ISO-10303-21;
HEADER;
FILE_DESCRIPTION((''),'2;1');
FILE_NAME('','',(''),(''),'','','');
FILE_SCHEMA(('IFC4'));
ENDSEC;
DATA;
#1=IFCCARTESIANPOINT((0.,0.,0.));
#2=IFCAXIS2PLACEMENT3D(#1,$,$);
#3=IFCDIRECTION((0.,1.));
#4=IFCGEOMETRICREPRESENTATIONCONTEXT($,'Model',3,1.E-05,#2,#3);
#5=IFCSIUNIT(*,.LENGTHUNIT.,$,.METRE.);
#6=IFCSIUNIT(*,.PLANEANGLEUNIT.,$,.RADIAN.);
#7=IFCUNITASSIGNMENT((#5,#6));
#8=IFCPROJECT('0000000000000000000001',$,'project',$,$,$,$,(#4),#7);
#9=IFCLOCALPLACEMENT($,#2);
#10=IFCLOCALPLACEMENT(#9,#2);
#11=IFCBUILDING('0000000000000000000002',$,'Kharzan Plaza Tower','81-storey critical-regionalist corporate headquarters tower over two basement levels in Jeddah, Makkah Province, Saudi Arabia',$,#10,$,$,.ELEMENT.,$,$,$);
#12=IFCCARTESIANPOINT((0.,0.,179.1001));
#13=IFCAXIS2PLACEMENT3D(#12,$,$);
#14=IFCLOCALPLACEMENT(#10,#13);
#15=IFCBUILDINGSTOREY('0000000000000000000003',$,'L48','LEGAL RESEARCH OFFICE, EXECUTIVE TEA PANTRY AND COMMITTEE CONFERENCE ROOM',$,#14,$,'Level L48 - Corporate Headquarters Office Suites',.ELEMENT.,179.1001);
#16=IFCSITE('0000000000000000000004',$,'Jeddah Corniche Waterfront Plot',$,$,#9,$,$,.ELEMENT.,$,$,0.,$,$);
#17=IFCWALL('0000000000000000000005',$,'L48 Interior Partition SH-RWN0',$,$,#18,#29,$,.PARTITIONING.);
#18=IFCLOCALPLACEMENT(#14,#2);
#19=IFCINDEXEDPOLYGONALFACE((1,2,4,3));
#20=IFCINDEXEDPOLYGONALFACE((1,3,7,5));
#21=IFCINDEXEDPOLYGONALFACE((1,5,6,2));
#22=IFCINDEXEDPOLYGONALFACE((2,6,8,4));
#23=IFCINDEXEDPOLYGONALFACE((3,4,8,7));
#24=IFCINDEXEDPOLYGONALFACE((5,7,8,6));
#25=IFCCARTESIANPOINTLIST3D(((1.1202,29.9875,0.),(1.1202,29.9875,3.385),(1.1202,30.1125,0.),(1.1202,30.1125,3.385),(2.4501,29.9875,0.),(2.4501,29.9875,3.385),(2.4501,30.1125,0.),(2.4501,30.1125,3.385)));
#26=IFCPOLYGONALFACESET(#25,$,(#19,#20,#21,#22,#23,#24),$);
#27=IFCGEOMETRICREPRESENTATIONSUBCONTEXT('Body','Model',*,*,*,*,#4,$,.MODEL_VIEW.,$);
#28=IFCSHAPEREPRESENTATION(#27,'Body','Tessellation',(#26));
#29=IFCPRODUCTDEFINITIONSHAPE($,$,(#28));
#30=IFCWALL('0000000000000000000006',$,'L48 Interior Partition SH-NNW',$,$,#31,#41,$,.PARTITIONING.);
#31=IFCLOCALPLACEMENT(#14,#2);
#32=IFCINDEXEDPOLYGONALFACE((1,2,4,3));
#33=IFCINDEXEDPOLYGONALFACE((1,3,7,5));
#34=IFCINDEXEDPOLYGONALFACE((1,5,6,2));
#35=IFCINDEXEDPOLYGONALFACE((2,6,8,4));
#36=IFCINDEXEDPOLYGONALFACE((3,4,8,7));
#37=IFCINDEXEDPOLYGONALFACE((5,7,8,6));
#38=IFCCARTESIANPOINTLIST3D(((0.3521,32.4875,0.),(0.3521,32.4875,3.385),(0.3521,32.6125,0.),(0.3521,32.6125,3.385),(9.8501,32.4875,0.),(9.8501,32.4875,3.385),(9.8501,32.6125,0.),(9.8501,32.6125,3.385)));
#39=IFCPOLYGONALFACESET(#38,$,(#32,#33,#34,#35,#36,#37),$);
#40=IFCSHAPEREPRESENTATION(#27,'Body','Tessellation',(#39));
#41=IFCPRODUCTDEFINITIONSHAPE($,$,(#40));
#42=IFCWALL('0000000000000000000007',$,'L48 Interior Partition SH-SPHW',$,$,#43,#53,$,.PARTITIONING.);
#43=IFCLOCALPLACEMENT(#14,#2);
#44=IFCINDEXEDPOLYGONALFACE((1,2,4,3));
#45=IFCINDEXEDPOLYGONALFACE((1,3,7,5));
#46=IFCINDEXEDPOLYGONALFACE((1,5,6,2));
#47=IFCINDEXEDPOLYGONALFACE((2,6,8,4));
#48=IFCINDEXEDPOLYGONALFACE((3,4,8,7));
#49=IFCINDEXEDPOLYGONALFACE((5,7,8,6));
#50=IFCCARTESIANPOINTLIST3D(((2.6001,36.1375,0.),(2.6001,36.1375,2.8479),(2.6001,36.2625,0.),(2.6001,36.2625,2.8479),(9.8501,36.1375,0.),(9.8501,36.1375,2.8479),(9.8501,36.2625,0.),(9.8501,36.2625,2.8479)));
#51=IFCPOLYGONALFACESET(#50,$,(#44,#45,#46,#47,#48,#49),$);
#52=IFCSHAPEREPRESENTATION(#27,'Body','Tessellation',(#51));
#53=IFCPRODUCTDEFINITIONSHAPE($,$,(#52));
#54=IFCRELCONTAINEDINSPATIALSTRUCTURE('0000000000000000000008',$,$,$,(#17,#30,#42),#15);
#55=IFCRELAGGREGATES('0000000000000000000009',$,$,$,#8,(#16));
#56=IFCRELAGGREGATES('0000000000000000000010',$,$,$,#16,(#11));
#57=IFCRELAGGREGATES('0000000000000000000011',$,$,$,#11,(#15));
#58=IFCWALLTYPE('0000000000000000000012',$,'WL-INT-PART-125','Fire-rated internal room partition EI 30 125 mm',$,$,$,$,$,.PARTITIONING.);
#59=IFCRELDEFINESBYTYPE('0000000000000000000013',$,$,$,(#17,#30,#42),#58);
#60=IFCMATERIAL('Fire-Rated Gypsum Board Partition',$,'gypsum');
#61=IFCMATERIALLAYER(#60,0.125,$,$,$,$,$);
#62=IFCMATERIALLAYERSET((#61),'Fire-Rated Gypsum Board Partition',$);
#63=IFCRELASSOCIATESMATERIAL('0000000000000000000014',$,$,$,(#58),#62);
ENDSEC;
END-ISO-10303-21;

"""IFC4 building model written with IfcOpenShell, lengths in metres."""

from ifc_helpers import new_model, si_unit, direction, frame, frame_2d, origin, place, context, subcontext, project, spatial, rectangle, extrude, source, transform, mapped, material, layer, layer_set, type_object, element, save


model = new_model("IFC4")

# Units and contexts
model_context = context("Model", 3, precision=1e-05, world=origin(), true_north=direction((0.0, 1.0)))
body_context = subcontext(model_context, "Body", "Model", "MODEL_VIEW")
ifc_project = project(units=[si_unit("LENGTHUNIT", "METRE"), si_unit("PLANEANGLEUNIT", "RADIAN")], contexts=[model_context])

# Site, building, storey
site_placement = place(None, origin())
site = spatial("IfcSite", under=ifc_project, at=site_placement, Name="Jeddah Corniche Waterfront Plot", CompositionType="ELEMENT", RefElevation=0.0)
building_placement = place(site_placement, origin())
building = spatial("IfcBuilding", under=site, at=building_placement, Name="Kharzan Plaza Tower", Description="81-storey critical-regionalist corporate headquarters tower over two basement levels in Jeddah, Makkah Province, Saudi Arabia", CompositionType="ELEMENT")
storey_placement = place(building_placement, frame((0.0, 0.0, 179.1001)))
storey = spatial("IfcBuildingStorey", under=building, at=storey_placement, Name="L48", Description="LEGAL RESEARCH OFFICE, EXECUTIVE TEA PANTRY AND COMMITTEE CONFERENCE ROOM", LongName="Level L48 - Corporate Headquarters Office Suites", CompositionType="ELEMENT", Elevation=179.1001)

# Shared definitions
ifc_material_1 = material(Name="Fire-Rated Gypsum Board Partition", Category="gypsum")
ifc_layer_1 = layer(ifc_material_1, 0.125)
ifc_layer_set_1 = layer_set([ifc_layer_1], Name="Fire-Rated Gypsum Board Partition")
wall_type_1 = type_object("IfcWallType", Name="WL-INT-PART-125", Description="Fire-rated internal room partition EI 30 125 mm", PredefinedType="PARTITIONING", material=ifc_layer_set_1)

# Walls
shared_shape_1 = source(origin(), body_context, "Body", "SweptSolid", [
    extrude(rectangle(XDim=1.3298, YDim=0.125, at=frame_2d((0.665, 0.0))), origin(), (0.0, 0.0, 1.0), 3.385),
])
wall_1_placement = place(storey_placement, frame((1.1201, 30.05, 0.0), z_axis=(0.0, 0.0, 1.0), x_axis=(1.0, 0.0, 0.0)))
element("IfcWall", 1, at=wall_1_placement, inside=storey, type_object=wall_type_1, Name="L48 Interior Partition SH-RWN0", PredefinedType="PARTITIONING", context=body_context, shape_type="MappedRepresentation", body=[
    mapped(shared_shape_1, transform((0.0, 0.0, 0.0), x_axis=(1.0, 0.0, 0.0), y_axis=(0.0, 1.0, 0.0), z_axis=(0.0, 0.0, 1.0))),
])
shared_shape_2 = source(origin(), body_context, "Body", "SweptSolid", [
    extrude(rectangle(XDim=9.498, YDim=0.125, at=frame_2d((4.749, 0.0))), origin(), (0.0, 0.0, 1.0), 3.385),
])
wall_2_placement = place(storey_placement, frame((0.3521, 32.55, 0.0), z_axis=(0.0, 0.0, 1.0), x_axis=(1.0, 0.0, 0.0)))
element("IfcWall", 2, at=wall_2_placement, inside=storey, type_object=wall_type_1, Name="L48 Interior Partition SH-NNW", PredefinedType="PARTITIONING", context=body_context, shape_type="MappedRepresentation", body=[
    mapped(shared_shape_2, transform((0.0, 0.0, 0.0), x_axis=(1.0, 0.0, 0.0), y_axis=(0.0, 1.0, 0.0), z_axis=(0.0, 0.0, 1.0))),
])
shared_shape_3 = source(origin(), body_context, "Body", "SweptSolid", [
    extrude(rectangle(XDim=7.25, YDim=0.125, at=frame_2d((3.625, 0.0))), origin(), (0.0, 0.0, 1.0), 2.8479),
])
wall_3_placement = place(storey_placement, frame((2.6001, 36.2, 0.0), z_axis=(0.0, 0.0, 1.0), x_axis=(1.0, 0.0, 0.0)))
element("IfcWall", 3, at=wall_3_placement, inside=storey, type_object=wall_type_1, Name="L48 Interior Partition SH-SPHW", PredefinedType="PARTITIONING", context=body_context, shape_type="MappedRepresentation", body=[
    mapped(shared_shape_3, transform((0.0, 0.0, 0.0), x_axis=(1.0, 0.0, 0.0), y_axis=(0.0, 1.0, 0.0), z_axis=(0.0, 0.0, 1.0))),
])

save(model, "model.ifc")
